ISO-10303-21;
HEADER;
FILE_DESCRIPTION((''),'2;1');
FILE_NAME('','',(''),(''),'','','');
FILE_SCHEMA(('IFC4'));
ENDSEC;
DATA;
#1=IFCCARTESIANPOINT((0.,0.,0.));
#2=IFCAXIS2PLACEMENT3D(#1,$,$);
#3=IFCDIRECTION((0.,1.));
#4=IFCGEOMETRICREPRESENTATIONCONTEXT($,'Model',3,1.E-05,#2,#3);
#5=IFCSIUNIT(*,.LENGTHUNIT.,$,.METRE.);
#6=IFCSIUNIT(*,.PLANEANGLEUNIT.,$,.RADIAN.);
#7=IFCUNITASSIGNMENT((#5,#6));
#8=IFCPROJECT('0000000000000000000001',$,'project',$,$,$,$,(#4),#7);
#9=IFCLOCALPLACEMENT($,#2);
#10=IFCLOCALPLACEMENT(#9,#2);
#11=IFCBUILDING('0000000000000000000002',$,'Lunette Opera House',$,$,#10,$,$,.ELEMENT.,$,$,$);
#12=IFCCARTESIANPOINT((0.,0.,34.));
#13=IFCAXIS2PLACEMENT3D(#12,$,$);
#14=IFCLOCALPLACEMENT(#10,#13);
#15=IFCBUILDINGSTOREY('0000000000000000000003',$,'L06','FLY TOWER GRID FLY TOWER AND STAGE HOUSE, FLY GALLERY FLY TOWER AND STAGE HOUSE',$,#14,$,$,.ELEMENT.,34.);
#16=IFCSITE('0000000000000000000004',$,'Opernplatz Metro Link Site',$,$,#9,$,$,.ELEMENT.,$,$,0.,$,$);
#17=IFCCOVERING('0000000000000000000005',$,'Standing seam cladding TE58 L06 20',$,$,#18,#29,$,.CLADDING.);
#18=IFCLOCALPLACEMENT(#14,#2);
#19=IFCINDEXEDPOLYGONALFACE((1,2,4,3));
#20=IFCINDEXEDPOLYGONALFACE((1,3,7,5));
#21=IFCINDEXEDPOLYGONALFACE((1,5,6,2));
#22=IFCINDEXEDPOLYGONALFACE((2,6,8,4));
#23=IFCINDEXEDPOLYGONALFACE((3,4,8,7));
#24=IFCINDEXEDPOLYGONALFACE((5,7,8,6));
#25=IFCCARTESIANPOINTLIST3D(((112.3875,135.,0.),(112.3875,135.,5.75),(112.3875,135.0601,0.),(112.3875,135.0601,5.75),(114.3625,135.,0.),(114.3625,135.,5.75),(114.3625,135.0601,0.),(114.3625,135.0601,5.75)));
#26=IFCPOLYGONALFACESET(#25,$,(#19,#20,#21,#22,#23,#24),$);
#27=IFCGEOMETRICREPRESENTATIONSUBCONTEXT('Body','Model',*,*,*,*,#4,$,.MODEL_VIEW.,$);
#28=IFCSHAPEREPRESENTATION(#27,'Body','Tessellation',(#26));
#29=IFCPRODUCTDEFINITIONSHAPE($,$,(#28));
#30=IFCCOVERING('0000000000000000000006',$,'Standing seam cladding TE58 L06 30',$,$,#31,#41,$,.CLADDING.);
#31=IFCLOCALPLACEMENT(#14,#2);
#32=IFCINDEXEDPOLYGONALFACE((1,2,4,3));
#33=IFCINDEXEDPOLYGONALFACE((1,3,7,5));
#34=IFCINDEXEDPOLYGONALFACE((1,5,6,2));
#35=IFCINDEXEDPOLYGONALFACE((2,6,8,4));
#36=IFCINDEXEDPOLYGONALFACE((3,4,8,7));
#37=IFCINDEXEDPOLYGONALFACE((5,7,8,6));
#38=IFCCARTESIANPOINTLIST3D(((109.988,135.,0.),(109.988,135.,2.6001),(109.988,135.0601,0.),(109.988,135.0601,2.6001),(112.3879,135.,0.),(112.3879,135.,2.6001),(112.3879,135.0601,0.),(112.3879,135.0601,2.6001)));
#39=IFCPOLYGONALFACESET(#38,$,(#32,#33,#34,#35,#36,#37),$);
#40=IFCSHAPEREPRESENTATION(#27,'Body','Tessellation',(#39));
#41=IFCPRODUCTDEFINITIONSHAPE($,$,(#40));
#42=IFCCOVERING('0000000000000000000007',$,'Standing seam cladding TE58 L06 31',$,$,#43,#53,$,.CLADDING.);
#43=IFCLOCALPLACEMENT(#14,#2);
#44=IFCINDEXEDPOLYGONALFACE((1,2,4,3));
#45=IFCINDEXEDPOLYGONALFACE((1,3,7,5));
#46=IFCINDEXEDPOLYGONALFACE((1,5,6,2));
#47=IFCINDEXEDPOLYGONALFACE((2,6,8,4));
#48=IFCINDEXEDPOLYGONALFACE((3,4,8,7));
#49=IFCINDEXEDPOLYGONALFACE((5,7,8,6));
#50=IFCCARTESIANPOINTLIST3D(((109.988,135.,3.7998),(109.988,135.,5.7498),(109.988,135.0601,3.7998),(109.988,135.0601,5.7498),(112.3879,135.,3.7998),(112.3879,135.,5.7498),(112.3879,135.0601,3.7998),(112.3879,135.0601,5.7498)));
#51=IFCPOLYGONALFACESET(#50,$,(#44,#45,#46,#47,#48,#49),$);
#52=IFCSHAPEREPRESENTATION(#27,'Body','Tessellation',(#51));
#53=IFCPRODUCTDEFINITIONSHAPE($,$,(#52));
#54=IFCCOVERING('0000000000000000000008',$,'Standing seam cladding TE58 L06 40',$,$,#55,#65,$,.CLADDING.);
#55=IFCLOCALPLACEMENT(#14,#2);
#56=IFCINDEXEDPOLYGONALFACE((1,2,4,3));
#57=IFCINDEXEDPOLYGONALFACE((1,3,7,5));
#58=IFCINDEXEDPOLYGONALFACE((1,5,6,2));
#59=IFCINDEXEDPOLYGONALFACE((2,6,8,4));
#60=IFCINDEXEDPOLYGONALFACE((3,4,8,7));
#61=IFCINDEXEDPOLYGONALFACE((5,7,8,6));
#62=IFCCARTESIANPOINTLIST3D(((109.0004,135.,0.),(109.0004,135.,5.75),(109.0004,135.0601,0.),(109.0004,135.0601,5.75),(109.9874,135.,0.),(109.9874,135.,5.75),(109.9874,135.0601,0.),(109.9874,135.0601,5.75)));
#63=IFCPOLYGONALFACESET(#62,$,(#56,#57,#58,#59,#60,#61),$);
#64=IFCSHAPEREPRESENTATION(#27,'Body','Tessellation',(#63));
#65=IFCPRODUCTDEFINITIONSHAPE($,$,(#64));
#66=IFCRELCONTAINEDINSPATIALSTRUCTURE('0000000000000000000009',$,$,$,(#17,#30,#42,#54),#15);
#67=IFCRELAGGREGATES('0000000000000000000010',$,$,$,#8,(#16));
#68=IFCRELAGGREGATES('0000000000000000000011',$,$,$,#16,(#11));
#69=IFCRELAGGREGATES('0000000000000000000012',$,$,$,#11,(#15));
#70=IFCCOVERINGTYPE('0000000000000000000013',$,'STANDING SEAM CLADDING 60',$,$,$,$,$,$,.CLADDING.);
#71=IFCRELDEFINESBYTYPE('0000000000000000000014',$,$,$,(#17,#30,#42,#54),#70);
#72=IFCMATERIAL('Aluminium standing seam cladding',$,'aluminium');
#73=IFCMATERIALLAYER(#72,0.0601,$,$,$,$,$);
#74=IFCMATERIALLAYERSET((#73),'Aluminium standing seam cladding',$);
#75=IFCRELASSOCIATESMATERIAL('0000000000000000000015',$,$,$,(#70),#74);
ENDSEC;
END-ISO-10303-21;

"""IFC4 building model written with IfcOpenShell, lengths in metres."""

from ifc_helpers import new_model, si_unit, direction, frame, origin, origin_2d, place, context, subcontext, project, spatial, rectangle, extrude, material, layer, layer_set, type_object, element, save


model = new_model("IFC4")

# Units and contexts
model_context = context("Model", 3, precision=1e-05, world=origin(), true_north=direction((0.0, 1.0)))
body_context = subcontext(model_context, "Body", "Model", "MODEL_VIEW")
ifc_project = project(units=[si_unit("LENGTHUNIT", "METRE"), si_unit("PLANEANGLEUNIT", "RADIAN")], contexts=[model_context])

# Site, building, storey
site_placement = place(None, origin())
site = spatial("IfcSite", under=ifc_project, at=site_placement, Name="Opernplatz Metro Link Site", CompositionType="ELEMENT", RefElevation=0.0)
building_placement = place(site_placement, origin())
building = spatial("IfcBuilding", under=site, at=building_placement, Name="Lunette Opera House", CompositionType="ELEMENT")
storey_placement = place(building_placement, frame((0.0, 0.0, 34.0)))
storey = spatial("IfcBuildingStorey", under=building, at=storey_placement, Name="L06", Description="FLY TOWER GRID FLY TOWER AND STAGE HOUSE, FLY GALLERY FLY TOWER AND STAGE HOUSE", CompositionType="ELEMENT", Elevation=34.0)

# Coverings
ifc_material_1 = material(Name="Aluminium standing seam cladding", Category="aluminium")
ifc_layer_1 = layer(ifc_material_1, 0.0601)
ifc_layer_set_1 = layer_set([ifc_layer_1], Name="Aluminium standing seam cladding")
covering_type = type_object("IfcCoveringType", Name="STANDING SEAM CLADDING 60", PredefinedType="CLADDING", material=ifc_layer_set_1)
covering_1_placement = place(storey_placement, frame((113.375, 135.03, 0.0), z_axis=(0.0, 0.0, 1.0), x_axis=(-1.0, 0.0, 0.0)))
element("IfcCovering", 1, at=covering_1_placement, inside=storey, type_object=covering_type, Name="Standing seam cladding TE58 L06 20", PredefinedType="CLADDING", context=body_context, shape_type="SweptSolid", body=[
    extrude(rectangle(XDim=1.9751, YDim=0.0601, at=origin_2d()), origin(), (0.0, 0.0, 1.0), 5.75),
])
covering_2_placement = place(storey_placement, frame((111.188, 135.03, 0.0), z_axis=(0.0, 0.0, 1.0), x_axis=(-1.0, 0.0, 0.0)))
element("IfcCovering", 2, at=covering_2_placement, inside=storey, type_object=covering_type, Name="Standing seam cladding TE58 L06 30", PredefinedType="CLADDING", context=body_context, shape_type="SweptSolid", body=[
    extrude(rectangle(XDim=2.3999, YDim=0.0601, at=origin_2d()), origin(), (0.0, 0.0, 1.0), 2.6001),
])
covering_3_placement = place(storey_placement, frame((111.188, 135.03, 3.7998), z_axis=(0.0, 0.0, 1.0), x_axis=(-1.0, 0.0, 0.0)))
element("IfcCovering", 3, at=covering_3_placement, inside=storey, type_object=covering_type, Name="Standing seam cladding TE58 L06 31", PredefinedType="CLADDING", context=body_context, shape_type="SweptSolid", body=[
    extrude(rectangle(XDim=2.3999, YDim=0.0601, at=origin_2d()), origin(), (0.0, 0.0, 1.0), 1.95),
])
covering_4_placement = place(storey_placement, frame((109.4939, 135.03, 0.0), z_axis=(0.0, 0.0, 1.0), x_axis=(-1.0, 0.0, 0.0)))
element("IfcCovering", 4, at=covering_4_placement, inside=storey, type_object=covering_type, Name="Standing seam cladding TE58 L06 40", PredefinedType="CLADDING", context=body_context, shape_type="SweptSolid", body=[
    extrude(rectangle(XDim=0.9871, YDim=0.0601, at=origin_2d()), origin(), (0.0, 0.0, 1.0), 5.75),
])

save(model, "model.ifc")
